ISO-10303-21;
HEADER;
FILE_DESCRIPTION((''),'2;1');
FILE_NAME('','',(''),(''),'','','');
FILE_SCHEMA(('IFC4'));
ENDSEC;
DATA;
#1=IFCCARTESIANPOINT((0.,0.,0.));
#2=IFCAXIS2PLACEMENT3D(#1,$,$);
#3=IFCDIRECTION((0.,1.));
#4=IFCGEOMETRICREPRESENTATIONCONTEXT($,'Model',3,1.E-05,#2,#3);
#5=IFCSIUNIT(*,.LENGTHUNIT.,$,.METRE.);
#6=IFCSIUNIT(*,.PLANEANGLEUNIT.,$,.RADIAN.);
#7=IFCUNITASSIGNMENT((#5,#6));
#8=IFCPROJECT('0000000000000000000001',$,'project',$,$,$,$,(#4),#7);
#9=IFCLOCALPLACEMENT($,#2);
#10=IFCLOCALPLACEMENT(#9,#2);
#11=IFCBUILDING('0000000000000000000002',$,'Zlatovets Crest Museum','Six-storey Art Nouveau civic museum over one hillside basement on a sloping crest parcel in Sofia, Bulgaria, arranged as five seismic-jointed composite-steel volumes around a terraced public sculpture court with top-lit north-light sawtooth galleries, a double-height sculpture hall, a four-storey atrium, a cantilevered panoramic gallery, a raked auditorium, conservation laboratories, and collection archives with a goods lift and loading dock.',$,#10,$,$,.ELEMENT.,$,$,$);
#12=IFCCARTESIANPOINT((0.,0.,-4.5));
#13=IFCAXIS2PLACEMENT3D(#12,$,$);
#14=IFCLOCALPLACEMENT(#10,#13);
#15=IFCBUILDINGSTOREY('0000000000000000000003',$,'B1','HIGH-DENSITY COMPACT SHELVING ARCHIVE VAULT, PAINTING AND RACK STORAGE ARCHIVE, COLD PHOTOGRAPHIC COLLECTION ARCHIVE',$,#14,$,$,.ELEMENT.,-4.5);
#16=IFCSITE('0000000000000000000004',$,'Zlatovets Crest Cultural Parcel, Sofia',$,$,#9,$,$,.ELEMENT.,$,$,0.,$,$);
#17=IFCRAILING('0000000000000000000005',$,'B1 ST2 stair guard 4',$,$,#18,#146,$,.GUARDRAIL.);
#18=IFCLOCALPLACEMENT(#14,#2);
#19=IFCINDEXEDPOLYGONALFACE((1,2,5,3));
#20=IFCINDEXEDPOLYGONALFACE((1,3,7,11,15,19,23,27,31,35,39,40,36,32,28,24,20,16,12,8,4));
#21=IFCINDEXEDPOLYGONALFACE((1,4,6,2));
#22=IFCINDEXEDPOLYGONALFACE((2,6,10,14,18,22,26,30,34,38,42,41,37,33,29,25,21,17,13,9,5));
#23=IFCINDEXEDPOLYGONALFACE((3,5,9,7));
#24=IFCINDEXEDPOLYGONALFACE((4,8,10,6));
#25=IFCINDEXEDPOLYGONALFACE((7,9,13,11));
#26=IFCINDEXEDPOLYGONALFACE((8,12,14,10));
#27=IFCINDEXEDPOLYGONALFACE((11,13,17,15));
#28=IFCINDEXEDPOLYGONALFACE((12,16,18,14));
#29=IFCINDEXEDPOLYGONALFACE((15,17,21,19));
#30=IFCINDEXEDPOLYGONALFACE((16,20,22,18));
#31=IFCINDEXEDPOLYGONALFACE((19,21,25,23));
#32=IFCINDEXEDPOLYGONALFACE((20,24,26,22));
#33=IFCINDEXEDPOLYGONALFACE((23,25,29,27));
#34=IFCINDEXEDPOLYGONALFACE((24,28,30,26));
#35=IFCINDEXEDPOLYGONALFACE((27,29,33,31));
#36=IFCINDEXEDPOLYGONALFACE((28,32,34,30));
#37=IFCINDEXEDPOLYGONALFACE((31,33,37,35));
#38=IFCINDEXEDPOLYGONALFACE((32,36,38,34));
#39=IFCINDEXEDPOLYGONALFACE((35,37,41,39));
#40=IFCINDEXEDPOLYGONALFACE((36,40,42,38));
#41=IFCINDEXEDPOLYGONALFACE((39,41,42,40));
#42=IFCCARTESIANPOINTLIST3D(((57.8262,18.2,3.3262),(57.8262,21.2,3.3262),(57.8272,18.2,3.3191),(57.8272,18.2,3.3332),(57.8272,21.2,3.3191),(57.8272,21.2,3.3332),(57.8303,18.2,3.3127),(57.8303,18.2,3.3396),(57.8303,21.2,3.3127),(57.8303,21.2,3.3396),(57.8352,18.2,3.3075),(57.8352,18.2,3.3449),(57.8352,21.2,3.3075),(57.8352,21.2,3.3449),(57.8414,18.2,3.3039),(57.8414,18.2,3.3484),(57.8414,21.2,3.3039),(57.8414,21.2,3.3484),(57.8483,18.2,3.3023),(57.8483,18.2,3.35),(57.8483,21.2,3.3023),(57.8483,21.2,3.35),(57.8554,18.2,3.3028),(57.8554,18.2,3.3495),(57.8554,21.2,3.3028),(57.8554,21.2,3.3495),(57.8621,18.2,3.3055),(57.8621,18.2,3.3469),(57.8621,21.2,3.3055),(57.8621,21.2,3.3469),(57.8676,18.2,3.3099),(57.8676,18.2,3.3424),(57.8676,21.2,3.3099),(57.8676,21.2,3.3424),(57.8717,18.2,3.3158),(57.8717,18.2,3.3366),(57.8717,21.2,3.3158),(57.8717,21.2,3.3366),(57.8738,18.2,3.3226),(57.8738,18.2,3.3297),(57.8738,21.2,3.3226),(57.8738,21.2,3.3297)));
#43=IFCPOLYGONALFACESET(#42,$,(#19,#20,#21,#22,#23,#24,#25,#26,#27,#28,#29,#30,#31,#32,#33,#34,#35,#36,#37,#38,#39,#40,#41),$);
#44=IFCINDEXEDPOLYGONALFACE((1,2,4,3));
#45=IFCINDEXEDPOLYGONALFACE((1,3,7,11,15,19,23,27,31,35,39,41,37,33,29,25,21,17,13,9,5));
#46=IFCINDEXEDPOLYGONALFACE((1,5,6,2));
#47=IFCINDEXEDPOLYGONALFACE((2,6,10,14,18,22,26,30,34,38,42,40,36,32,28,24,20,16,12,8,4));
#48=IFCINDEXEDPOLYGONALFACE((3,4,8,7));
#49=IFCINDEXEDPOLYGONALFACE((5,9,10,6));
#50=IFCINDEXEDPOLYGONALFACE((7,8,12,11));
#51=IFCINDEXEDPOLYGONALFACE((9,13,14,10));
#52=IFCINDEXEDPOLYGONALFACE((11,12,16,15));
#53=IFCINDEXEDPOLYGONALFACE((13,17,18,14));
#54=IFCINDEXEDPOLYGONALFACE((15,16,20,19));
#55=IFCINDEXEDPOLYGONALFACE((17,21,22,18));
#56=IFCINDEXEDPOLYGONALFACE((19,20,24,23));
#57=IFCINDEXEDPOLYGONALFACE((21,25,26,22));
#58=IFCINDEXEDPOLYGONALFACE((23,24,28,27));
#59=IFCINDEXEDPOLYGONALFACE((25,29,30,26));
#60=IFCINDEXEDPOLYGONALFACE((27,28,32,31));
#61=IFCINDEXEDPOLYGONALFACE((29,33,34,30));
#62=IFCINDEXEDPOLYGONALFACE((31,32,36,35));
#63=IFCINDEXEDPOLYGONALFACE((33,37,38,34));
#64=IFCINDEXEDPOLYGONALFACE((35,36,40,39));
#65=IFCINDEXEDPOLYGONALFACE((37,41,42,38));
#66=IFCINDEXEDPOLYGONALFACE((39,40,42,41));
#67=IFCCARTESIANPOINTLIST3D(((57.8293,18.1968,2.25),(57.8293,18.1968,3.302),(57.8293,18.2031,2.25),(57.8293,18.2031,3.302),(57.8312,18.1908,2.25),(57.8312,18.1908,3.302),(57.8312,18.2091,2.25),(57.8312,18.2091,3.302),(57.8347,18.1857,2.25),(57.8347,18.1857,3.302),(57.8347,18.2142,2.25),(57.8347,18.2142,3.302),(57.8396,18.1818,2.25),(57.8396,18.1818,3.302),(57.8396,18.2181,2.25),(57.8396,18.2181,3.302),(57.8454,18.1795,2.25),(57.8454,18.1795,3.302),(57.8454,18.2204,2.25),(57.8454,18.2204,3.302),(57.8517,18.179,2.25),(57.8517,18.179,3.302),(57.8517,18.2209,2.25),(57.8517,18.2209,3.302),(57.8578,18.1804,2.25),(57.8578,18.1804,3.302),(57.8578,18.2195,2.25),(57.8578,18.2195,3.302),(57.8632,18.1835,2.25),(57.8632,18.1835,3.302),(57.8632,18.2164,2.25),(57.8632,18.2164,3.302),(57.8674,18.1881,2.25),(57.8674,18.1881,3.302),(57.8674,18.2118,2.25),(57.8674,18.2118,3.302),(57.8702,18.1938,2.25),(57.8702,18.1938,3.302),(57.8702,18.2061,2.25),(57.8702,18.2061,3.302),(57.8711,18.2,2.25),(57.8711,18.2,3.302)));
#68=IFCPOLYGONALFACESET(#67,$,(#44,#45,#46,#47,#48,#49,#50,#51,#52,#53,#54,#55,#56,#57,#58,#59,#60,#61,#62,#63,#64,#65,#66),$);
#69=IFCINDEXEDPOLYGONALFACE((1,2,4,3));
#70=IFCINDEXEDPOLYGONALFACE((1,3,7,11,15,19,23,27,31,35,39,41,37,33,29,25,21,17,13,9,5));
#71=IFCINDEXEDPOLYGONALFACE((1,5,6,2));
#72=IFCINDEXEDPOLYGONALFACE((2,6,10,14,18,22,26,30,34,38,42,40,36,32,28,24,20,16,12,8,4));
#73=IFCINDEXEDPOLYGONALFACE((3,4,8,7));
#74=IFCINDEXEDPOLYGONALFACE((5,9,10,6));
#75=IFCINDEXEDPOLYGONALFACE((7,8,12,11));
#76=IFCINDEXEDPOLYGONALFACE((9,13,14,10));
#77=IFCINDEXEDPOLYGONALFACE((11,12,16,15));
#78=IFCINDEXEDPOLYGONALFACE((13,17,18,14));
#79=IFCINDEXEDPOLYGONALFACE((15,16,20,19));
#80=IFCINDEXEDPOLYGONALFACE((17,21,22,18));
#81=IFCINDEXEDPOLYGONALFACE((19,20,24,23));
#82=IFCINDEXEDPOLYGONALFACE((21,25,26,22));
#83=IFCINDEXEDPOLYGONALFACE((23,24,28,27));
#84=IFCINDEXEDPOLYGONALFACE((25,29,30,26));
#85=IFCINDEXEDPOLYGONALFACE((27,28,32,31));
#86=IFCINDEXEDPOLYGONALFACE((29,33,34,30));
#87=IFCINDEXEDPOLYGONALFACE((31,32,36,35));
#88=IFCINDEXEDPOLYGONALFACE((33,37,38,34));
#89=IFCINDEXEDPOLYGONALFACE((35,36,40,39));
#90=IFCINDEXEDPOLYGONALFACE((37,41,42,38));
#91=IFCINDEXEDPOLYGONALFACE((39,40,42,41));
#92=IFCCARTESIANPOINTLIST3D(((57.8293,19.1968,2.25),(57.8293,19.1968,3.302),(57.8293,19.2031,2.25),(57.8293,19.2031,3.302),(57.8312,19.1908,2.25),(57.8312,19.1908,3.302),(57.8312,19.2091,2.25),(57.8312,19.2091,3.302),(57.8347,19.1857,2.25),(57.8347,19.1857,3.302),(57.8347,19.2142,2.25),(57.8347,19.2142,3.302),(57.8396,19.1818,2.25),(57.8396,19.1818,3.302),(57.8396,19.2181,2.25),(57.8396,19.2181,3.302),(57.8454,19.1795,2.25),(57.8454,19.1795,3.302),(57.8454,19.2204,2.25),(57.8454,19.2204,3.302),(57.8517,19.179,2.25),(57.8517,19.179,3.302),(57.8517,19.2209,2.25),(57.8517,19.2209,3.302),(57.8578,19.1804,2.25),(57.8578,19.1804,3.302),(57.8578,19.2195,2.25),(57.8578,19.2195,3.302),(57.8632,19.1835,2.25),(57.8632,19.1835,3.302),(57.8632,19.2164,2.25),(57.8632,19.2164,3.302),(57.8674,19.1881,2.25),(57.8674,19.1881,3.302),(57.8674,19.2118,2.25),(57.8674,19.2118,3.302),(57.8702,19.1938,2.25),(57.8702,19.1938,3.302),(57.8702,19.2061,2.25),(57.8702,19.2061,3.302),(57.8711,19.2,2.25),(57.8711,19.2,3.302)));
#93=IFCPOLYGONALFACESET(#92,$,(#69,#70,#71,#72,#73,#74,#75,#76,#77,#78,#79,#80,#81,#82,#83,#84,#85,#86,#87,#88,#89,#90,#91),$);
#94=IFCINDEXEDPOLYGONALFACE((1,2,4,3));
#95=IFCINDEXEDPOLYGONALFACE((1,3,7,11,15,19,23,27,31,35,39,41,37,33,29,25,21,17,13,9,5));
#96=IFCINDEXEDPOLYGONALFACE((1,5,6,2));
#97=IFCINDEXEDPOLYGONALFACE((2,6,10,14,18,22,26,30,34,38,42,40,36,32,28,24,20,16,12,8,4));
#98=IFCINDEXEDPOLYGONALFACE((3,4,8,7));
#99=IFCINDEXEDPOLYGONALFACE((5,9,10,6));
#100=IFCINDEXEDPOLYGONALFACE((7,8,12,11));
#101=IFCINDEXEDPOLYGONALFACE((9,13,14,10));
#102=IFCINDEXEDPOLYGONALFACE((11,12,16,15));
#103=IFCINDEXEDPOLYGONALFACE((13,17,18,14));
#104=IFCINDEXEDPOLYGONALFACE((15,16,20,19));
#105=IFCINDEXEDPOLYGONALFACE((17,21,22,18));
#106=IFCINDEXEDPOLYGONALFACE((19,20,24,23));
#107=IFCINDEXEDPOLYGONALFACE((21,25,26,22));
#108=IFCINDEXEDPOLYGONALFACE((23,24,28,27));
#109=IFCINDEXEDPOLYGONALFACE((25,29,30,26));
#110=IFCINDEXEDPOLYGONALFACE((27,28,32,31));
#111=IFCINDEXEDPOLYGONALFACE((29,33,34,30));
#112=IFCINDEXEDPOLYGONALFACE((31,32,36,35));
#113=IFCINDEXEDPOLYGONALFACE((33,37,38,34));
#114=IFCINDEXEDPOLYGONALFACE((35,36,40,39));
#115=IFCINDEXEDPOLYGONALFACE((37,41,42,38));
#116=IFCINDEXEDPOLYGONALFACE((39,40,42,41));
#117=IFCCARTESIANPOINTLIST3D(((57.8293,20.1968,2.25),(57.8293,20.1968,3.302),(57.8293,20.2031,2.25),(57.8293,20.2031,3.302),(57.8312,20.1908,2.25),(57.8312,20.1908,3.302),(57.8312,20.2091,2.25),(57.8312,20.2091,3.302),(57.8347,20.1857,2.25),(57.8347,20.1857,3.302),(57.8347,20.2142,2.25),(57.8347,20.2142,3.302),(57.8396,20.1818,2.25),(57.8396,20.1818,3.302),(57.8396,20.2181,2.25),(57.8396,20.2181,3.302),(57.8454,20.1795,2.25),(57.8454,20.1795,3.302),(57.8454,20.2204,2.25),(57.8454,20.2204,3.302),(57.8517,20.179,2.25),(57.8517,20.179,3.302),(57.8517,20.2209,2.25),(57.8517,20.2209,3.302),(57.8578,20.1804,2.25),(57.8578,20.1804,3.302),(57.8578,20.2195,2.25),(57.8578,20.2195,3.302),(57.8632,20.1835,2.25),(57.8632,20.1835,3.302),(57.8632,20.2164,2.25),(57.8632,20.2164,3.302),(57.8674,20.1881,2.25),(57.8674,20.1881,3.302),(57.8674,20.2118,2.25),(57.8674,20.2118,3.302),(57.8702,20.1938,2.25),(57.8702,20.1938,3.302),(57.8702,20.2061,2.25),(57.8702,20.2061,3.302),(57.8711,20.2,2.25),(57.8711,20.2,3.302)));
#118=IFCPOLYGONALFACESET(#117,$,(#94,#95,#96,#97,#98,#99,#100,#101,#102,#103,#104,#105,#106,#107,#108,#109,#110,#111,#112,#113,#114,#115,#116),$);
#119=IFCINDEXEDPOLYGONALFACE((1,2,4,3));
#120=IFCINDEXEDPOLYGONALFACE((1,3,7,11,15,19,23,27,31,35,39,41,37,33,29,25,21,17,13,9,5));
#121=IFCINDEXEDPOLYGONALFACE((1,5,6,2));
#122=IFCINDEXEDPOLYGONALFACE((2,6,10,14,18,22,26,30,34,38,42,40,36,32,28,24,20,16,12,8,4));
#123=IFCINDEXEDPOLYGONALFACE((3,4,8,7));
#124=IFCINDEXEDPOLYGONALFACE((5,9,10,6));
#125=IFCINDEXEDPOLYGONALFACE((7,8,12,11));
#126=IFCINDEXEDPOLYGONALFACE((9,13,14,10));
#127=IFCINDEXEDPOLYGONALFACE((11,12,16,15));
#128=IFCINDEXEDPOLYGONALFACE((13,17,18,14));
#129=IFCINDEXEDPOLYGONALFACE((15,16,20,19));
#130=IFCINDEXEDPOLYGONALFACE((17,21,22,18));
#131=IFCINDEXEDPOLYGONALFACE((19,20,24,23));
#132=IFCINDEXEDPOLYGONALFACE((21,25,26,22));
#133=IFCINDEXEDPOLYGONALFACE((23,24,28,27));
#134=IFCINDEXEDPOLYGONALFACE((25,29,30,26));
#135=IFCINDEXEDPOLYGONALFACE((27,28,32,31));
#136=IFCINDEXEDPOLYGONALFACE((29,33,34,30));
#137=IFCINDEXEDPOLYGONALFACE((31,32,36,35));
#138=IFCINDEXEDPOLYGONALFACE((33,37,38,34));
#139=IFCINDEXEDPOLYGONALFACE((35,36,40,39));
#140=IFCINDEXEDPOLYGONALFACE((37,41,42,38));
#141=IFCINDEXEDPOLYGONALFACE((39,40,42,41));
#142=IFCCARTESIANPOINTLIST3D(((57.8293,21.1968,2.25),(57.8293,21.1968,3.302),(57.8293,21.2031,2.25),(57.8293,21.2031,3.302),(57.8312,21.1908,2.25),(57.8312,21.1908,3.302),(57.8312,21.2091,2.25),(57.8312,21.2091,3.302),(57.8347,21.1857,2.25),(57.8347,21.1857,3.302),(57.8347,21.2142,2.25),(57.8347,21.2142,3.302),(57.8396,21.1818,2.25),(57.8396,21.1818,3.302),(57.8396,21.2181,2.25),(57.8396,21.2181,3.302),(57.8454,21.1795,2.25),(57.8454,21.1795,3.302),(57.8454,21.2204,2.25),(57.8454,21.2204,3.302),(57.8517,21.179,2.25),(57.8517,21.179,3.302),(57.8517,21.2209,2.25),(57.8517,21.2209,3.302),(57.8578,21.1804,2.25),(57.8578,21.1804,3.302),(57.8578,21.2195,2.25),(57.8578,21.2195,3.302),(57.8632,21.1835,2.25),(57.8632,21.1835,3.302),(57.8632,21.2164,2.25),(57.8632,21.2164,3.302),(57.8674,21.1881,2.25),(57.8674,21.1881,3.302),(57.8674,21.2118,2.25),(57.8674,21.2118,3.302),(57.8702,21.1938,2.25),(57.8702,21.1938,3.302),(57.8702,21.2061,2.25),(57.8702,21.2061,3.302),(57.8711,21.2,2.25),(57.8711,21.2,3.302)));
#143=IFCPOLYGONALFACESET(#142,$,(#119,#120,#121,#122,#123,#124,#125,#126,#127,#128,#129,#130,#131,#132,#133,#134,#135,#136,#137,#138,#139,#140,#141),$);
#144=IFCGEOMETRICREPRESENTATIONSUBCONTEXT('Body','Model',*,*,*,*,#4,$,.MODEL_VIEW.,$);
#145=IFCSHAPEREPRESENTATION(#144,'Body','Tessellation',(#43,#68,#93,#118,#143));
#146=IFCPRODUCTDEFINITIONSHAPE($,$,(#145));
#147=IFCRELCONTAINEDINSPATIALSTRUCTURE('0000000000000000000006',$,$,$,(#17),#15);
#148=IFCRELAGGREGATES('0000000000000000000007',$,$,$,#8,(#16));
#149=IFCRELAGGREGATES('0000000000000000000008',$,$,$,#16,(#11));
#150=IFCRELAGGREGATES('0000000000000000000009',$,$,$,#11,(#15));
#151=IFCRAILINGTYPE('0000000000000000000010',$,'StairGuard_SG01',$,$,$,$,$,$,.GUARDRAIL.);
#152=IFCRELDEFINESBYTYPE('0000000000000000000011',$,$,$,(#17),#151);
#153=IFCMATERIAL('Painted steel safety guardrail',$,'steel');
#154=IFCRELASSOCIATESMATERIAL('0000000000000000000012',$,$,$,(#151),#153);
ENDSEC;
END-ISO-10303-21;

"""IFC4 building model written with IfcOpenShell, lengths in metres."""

from ifc_helpers import new_model, si_unit, direction, frame, origin, origin_2d, place, context, subcontext, project, spatial, circle, extrude, material, type_object, element, save


model = new_model("IFC4")

# Units and contexts
model_context = context("Model", 3, precision=1e-05, world=origin(), true_north=direction((0.0, 1.0)))
body_context = subcontext(model_context, "Body", "Model", "MODEL_VIEW")
ifc_project = project(units=[si_unit("LENGTHUNIT", "METRE"), si_unit("PLANEANGLEUNIT", "RADIAN")], contexts=[model_context])

# Site, building, storey
site_placement = place(None, origin())
site = spatial("IfcSite", under=ifc_project, at=site_placement, Name="Zlatovets Crest Cultural Parcel, Sofia", CompositionType="ELEMENT", RefElevation=0.0)
building_placement = place(site_placement, origin())
building = spatial("IfcBuilding", under=site, at=building_placement, Name="Zlatovets Crest Museum", Description="Six-storey Art Nouveau civic museum over one hillside basement on a sloping crest parcel in Sofia, Bulgaria, arranged as five seismic-jointed composite-steel volumes around a terraced public sculpture court with top-lit north-light sawtooth galleries, a double-height sculpture hall, a four-storey atrium, a cantilevered panoramic gallery, a raked auditorium, conservation laboratories, and collection archives with a goods lift and loading dock.", CompositionType="ELEMENT")
storey_placement = place(building_placement, frame((0.0, 0.0, -4.5)))
storey = spatial("IfcBuildingStorey", under=building, at=storey_placement, Name="B1", Description="HIGH-DENSITY COMPACT SHELVING ARCHIVE VAULT, PAINTING AND RACK STORAGE ARCHIVE, COLD PHOTOGRAPHIC COLLECTION ARCHIVE", CompositionType="ELEMENT", Elevation=-4.5)

# Railing
ifc_material_1 = material(Name="Painted steel safety guardrail", Category="steel")
railing_type_1 = type_object("IfcRailingType", Name="StairGuard_SG01", PredefinedType="GUARDRAIL", material=ifc_material_1)
railing_1_placement = place(storey_placement, frame((57.8501, 18.2, 2.25)))
element("IfcRailing", 1, at=railing_1_placement, inside=storey, type_object=railing_type_1, Name="B1 ST2 stair guard 4", PredefinedType="GUARDRAIL", context=body_context, shape_type="SweptSolid", body=[
    extrude(circle(Radius=0.0239, at=origin_2d()), frame((0.0, 0.0, 1.0762), z_axis=(0.0, 1.0, 0.0), x_axis=(-1.0, 0.0, 0.0)), (0.0, 0.0, 1.0), 3.0),
    extrude(circle(Radius=0.021, at=origin_2d()), origin(), (0.0, 0.0, 1.0), 1.052),
    extrude(circle(Radius=0.021, at=origin_2d()), frame((0.0, 1.0, 0.0)), (0.0, 0.0, 1.0), 1.052),
    extrude(circle(Radius=0.021, at=origin_2d()), frame((0.0, 2.0, 0.0)), (0.0, 0.0, 1.0), 1.052),
    extrude(circle(Radius=0.021, at=origin_2d()), frame((0.0, 3.0, 0.0)), (0.0, 0.0, 1.0), 1.052),
])

save(model, "model.ifc")
